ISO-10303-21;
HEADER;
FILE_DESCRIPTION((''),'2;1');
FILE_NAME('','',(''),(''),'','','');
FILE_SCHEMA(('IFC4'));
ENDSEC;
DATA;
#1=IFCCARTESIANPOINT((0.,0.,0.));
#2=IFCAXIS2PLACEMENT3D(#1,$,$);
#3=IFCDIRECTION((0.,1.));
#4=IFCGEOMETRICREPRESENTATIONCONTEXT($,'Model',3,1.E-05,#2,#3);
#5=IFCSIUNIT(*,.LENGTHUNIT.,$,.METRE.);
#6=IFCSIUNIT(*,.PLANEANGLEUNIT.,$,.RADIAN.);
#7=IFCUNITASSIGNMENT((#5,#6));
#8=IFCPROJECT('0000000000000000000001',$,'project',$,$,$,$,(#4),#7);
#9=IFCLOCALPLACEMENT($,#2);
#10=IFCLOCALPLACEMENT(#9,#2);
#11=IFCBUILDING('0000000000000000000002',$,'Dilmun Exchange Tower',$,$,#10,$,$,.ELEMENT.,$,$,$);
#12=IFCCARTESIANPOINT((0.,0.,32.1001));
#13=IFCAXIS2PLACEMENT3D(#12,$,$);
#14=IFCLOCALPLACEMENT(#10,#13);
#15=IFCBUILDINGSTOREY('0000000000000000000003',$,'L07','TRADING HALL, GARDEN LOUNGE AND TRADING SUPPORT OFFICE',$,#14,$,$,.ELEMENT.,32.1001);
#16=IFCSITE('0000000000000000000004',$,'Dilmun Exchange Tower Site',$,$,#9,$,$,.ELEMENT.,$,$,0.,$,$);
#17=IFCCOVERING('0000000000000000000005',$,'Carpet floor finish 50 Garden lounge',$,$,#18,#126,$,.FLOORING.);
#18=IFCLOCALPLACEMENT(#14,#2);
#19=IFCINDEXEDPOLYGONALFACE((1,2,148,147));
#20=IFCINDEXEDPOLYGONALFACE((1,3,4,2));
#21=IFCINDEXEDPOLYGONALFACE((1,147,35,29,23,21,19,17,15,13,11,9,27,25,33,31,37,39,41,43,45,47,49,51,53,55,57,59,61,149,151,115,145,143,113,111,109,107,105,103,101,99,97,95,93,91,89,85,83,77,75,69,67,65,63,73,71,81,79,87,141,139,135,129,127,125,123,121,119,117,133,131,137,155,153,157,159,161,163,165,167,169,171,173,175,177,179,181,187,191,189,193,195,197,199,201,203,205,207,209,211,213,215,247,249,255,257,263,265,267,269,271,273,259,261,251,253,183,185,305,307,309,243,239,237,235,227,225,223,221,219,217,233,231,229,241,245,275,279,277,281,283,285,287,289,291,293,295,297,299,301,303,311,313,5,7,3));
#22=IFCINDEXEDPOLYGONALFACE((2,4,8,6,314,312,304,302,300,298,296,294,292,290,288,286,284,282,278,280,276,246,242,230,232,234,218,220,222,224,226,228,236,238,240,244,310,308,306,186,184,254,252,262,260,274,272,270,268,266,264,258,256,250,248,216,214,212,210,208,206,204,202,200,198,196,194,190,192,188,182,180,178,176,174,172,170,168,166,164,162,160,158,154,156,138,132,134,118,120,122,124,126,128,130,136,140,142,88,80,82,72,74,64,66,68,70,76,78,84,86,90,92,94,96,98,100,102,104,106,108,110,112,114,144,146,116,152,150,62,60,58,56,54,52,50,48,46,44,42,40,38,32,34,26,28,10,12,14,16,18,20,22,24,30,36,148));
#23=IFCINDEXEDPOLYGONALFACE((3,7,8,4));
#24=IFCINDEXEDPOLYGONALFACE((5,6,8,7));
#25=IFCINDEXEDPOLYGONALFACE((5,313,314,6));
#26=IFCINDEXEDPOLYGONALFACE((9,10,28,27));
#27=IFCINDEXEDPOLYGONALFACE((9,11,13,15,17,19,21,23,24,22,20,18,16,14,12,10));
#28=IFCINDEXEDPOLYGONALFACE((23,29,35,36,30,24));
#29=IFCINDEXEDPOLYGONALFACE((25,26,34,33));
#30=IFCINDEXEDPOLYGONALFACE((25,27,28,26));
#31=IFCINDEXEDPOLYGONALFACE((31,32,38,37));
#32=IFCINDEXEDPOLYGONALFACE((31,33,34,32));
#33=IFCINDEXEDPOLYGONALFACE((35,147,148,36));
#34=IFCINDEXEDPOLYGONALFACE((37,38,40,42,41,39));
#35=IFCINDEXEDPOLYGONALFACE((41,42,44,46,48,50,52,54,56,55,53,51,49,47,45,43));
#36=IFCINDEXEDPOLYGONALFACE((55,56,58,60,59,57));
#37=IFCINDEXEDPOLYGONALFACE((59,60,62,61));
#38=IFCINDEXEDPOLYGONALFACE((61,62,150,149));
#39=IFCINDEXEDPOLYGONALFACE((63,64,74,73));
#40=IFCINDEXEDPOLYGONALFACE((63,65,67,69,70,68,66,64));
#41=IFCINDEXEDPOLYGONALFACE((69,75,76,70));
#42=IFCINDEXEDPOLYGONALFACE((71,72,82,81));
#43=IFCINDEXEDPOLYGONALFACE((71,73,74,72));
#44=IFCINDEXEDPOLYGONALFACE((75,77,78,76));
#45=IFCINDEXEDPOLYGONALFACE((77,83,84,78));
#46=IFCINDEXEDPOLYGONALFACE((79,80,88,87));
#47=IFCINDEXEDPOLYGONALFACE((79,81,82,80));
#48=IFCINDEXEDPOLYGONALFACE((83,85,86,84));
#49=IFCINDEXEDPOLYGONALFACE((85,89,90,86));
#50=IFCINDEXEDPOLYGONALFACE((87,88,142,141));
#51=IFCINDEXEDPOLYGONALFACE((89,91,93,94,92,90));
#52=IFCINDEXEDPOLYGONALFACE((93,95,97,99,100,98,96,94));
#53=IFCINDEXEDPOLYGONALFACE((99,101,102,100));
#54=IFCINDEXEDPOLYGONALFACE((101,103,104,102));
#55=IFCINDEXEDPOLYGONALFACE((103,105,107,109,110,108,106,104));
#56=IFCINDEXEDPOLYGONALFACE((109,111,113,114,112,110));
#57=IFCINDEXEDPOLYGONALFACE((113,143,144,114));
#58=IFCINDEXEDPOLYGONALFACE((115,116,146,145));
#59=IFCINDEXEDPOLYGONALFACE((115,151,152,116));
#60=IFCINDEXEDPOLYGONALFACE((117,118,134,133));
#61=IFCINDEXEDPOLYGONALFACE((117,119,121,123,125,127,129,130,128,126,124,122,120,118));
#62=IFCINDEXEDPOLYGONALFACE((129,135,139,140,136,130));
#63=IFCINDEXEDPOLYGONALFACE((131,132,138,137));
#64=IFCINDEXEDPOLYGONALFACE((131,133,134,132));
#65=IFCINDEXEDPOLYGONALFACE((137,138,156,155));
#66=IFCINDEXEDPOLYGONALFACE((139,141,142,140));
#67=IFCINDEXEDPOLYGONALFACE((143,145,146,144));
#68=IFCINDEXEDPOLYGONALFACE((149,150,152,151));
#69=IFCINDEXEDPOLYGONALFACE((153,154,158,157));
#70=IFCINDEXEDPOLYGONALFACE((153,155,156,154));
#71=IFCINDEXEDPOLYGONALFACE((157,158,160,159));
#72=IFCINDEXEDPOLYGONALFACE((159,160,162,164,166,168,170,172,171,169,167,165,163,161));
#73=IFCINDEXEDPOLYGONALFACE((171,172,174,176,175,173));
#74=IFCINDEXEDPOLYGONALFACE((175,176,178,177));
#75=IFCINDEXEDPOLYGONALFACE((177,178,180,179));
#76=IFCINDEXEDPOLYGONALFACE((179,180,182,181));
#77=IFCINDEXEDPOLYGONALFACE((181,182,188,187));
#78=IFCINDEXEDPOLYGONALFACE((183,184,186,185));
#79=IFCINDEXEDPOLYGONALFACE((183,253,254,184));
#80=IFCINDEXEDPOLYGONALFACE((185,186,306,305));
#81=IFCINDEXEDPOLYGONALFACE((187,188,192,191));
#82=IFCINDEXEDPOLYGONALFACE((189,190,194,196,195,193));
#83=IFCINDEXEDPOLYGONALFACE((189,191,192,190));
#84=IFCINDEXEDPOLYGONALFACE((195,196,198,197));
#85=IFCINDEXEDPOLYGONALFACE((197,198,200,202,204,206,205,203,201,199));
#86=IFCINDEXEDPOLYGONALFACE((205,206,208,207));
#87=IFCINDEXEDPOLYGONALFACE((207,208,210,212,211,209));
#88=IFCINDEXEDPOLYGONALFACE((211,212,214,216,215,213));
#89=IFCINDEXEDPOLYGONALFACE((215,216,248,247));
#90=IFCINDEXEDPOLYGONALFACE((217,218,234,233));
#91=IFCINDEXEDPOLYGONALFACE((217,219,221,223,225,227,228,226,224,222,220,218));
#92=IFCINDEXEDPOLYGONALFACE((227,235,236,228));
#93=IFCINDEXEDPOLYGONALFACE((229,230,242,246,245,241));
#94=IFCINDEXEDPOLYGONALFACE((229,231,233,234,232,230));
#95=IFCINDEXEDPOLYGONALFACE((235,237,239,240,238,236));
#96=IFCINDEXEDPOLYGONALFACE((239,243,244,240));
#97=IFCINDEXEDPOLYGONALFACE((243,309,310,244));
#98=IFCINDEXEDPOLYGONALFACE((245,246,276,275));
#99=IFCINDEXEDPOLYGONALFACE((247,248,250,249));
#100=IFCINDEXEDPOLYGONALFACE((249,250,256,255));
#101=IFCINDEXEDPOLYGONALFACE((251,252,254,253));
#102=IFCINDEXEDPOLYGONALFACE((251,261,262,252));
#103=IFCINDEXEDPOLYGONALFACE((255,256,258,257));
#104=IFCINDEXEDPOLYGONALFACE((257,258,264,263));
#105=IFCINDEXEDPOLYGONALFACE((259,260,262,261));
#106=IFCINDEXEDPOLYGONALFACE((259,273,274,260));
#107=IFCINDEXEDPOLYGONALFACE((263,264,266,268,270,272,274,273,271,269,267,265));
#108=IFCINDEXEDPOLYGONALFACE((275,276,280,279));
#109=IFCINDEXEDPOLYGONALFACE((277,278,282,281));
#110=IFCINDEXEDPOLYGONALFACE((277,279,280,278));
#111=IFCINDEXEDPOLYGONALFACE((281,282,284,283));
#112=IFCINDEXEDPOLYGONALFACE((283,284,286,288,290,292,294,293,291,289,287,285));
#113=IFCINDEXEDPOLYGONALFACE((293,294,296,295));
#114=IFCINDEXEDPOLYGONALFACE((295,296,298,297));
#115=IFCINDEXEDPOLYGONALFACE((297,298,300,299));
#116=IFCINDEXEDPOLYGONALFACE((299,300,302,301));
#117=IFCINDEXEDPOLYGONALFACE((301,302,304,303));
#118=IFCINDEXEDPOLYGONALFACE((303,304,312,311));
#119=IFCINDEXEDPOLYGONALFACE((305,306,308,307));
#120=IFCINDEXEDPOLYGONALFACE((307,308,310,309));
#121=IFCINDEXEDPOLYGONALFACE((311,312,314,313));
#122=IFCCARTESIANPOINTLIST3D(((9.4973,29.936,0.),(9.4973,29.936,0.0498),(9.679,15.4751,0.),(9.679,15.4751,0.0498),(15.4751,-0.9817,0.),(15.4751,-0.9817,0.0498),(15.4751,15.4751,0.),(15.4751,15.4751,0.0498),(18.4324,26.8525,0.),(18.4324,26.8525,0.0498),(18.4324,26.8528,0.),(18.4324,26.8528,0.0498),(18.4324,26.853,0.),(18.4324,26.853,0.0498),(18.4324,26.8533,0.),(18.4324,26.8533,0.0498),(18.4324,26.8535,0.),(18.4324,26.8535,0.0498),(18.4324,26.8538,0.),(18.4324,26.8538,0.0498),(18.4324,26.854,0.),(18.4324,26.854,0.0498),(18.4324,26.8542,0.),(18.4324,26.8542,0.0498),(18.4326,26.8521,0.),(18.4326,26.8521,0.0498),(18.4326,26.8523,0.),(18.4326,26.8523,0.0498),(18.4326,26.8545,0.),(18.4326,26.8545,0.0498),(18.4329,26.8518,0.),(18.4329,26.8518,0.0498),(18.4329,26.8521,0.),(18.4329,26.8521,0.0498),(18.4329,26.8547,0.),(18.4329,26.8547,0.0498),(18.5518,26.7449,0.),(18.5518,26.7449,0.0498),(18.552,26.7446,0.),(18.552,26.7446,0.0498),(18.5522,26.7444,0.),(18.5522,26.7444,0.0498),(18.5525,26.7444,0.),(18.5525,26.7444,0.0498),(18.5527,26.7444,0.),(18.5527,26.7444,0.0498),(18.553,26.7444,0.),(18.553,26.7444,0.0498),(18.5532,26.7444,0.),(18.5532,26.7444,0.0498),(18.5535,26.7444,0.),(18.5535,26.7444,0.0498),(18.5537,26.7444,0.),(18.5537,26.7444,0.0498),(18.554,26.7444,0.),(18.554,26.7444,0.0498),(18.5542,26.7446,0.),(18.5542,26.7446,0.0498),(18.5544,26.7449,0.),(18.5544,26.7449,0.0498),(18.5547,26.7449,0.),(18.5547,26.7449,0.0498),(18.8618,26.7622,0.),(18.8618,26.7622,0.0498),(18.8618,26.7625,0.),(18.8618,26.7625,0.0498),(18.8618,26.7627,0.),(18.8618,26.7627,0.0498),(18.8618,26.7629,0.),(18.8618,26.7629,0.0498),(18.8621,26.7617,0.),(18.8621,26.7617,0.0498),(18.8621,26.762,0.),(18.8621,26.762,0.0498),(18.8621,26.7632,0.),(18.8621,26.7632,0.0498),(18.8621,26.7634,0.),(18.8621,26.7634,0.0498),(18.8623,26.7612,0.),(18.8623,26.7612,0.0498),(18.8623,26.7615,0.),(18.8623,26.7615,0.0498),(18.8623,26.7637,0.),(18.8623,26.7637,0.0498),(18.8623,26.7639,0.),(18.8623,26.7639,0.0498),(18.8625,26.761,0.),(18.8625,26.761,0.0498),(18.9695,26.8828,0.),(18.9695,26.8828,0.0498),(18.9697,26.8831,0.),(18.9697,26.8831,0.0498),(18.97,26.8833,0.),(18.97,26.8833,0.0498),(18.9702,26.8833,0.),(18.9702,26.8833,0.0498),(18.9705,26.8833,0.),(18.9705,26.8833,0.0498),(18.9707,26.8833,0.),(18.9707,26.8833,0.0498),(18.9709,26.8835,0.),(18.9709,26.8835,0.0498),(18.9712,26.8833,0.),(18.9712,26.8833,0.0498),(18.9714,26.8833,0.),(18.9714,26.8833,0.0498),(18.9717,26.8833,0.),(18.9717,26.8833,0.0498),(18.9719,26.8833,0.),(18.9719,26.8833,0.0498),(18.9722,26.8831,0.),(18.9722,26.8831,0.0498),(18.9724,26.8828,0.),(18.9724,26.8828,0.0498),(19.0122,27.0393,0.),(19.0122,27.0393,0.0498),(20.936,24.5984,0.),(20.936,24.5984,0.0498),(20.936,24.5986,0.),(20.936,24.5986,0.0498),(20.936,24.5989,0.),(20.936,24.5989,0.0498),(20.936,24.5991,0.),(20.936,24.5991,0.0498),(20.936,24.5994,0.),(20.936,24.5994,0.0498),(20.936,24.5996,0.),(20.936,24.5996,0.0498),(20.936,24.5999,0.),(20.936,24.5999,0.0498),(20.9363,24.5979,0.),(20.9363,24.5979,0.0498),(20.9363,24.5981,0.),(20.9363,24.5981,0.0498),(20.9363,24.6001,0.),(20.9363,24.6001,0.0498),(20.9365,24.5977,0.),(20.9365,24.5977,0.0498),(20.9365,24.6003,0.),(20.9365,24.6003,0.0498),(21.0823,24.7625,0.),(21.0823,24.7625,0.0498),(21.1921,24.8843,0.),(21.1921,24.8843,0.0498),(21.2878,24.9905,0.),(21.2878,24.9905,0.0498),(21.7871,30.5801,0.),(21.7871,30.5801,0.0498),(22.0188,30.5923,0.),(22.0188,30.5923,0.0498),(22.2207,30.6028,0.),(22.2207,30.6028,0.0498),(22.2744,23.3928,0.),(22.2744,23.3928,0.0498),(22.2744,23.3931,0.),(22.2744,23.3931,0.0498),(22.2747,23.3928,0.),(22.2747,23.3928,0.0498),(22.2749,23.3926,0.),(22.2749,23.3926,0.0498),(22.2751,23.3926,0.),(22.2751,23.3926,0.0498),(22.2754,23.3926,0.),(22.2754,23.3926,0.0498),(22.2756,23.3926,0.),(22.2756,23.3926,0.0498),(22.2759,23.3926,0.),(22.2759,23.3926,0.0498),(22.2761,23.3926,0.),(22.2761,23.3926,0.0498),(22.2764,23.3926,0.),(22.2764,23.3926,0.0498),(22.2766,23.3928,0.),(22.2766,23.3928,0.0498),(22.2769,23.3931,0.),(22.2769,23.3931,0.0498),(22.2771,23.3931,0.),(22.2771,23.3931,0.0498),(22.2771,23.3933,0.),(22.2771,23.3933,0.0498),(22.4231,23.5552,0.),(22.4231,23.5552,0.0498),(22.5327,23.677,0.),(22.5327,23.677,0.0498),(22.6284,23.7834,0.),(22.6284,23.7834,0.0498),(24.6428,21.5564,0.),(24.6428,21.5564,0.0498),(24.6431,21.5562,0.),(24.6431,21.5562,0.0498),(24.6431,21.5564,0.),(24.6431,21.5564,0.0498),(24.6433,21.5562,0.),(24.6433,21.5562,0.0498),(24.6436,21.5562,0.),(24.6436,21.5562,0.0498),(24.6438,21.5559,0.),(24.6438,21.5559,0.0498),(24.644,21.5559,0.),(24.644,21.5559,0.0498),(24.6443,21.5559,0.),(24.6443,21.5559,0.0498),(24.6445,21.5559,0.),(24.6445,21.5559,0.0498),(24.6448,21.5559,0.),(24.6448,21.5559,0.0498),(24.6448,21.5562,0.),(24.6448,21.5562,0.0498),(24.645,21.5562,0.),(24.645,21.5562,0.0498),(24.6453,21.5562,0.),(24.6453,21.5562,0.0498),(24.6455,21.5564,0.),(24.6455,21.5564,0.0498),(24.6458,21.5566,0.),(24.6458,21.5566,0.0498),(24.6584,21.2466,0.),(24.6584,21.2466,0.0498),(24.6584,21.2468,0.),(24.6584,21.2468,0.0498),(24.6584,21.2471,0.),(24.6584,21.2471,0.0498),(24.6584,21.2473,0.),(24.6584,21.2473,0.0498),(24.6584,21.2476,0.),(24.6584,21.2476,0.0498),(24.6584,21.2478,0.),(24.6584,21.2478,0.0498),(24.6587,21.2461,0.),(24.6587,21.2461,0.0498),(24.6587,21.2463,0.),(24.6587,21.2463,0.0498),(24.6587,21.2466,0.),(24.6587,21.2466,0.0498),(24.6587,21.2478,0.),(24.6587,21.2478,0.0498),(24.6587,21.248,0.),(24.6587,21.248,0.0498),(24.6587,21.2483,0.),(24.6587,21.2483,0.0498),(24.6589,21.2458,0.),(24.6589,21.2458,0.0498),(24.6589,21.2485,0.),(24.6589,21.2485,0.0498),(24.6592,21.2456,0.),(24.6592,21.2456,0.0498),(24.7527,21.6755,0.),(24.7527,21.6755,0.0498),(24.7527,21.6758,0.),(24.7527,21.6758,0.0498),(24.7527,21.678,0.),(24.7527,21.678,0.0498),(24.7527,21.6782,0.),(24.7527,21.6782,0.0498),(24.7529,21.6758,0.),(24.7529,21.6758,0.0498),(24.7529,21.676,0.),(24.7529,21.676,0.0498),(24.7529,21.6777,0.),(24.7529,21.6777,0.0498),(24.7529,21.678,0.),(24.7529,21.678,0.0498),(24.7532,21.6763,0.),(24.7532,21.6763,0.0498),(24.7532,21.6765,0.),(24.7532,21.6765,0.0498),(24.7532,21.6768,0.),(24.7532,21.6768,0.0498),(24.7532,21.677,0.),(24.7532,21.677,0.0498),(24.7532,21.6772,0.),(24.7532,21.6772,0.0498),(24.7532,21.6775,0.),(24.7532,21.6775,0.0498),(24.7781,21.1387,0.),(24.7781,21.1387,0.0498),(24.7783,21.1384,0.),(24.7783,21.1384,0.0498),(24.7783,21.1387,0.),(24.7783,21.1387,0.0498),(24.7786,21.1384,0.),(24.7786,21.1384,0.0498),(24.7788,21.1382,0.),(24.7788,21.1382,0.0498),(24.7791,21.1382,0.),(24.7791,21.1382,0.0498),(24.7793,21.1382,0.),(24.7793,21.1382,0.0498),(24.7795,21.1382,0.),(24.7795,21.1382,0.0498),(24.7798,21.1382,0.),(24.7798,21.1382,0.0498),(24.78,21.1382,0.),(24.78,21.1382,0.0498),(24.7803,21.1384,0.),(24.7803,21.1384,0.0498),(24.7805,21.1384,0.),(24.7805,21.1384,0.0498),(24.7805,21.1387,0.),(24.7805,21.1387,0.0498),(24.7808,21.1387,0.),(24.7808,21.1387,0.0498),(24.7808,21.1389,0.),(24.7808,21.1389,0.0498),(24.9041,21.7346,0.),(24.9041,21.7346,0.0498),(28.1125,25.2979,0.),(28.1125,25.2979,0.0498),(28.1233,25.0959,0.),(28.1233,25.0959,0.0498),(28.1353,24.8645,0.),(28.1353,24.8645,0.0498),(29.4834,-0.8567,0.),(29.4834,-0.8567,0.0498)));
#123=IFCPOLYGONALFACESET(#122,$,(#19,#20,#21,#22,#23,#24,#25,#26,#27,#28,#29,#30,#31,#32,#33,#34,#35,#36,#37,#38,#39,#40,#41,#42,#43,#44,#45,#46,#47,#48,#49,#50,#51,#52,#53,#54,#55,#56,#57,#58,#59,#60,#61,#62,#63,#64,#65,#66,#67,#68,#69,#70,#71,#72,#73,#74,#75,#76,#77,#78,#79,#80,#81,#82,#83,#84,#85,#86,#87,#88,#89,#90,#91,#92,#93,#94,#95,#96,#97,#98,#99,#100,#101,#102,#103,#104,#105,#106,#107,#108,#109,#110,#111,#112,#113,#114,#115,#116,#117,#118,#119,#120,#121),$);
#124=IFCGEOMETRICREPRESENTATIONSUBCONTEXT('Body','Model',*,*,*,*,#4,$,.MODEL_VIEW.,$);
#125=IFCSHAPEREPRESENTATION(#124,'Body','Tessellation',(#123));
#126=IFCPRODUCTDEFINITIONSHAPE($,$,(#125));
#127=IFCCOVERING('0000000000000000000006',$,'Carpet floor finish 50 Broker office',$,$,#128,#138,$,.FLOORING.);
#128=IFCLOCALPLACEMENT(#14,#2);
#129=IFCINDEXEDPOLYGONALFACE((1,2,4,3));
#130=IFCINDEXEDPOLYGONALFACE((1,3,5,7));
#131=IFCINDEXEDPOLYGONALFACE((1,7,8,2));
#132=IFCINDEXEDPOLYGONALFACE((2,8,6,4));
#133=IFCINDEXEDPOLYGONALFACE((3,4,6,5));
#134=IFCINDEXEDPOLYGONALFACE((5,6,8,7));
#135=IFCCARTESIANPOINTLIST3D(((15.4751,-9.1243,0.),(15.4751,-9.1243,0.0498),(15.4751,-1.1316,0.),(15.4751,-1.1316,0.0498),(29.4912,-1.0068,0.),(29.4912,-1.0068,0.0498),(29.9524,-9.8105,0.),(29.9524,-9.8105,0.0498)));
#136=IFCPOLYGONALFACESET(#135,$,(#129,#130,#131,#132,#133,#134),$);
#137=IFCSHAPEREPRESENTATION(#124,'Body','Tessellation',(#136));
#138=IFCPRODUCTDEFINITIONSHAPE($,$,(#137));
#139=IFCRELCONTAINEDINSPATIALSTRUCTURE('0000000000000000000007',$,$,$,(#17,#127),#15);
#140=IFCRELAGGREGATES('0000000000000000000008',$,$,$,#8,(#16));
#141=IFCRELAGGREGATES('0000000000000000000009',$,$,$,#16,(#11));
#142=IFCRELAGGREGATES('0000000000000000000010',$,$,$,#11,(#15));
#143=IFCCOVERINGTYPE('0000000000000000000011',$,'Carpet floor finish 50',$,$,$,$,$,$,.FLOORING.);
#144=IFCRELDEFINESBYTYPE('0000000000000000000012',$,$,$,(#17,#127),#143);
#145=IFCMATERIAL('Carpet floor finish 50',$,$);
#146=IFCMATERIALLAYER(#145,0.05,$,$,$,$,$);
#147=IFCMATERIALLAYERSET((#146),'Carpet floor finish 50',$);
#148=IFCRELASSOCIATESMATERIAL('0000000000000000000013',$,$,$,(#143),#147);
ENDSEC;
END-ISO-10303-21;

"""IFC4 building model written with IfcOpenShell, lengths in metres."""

from ifc_helpers import new_model, si_unit, direction, frame, origin, place, context, subcontext, project, spatial, polyline, outline, extrude, material, layer, layer_set, type_object, element, save


model = new_model("IFC4")

# Units and contexts
model_context = context("Model", 3, precision=1e-05, world=origin(), true_north=direction((0.0, 1.0)))
body_context = subcontext(model_context, "Body", "Model", "MODEL_VIEW")
ifc_project = project(units=[si_unit("LENGTHUNIT", "METRE"), si_unit("PLANEANGLEUNIT", "RADIAN")], contexts=[model_context])

# Site, building, storey
site_placement = place(None, origin())
site = spatial("IfcSite", under=ifc_project, at=site_placement, Name="Dilmun Exchange Tower Site", CompositionType="ELEMENT", RefElevation=0.0)
building_placement = place(site_placement, origin())
building = spatial("IfcBuilding", under=site, at=building_placement, Name="Dilmun Exchange Tower", CompositionType="ELEMENT")
storey_placement = place(building_placement, frame((0.0, 0.0, 32.1001)))
storey = spatial("IfcBuildingStorey", under=building, at=storey_placement, Name="L07", Description="TRADING HALL, GARDEN LOUNGE AND TRADING SUPPORT OFFICE", CompositionType="ELEMENT", Elevation=32.1001)

# Coverings
ifc_material_1 = material(Name="Carpet floor finish 50")
ifc_layer_1 = layer(ifc_material_1, 0.05)
ifc_layer_set_1 = layer_set([ifc_layer_1], Name="Carpet floor finish 50")
covering_type = type_object("IfcCoveringType", Name="Carpet floor finish 50", PredefinedType="FLOORING", material=ifc_layer_set_1)
covering_1_placement = place(storey_placement, origin())
element("IfcCovering", 1, at=covering_1_placement, inside=storey, type_object=covering_type, Name="Carpet floor finish 50 Garden lounge", PredefinedType="FLOORING", context=body_context, shape_type="SweptSolid", body=[
    extrude(outline(polyline([(19.0122, 27.0393), (21.2878, 24.9905), (21.1921, 24.8843), (18.9724, 26.8828), (18.9722, 26.8831), (18.9719, 26.8833), (18.9717, 26.8833), (18.9717, 26.8833), (18.9714, 26.8833), (18.9712, 26.8833), (18.9709, 26.8835), (18.9707, 26.8833), (18.9707, 26.8833), (18.9705, 26.8833), (18.9702, 26.8833), (18.9702, 26.8833), (18.97, 26.8833), (18.9697, 26.8831), (18.9695, 26.8828), (18.9695, 26.8828), (18.8623, 26.7639), (18.8623, 26.7637), (18.8623, 26.7637), (18.8621, 26.7634), (18.8621, 26.7632), (18.8618, 26.7629), (18.8618, 26.7627), (18.8618, 26.7627), (18.8618, 26.7625), (18.8618, 26.7622), (18.8618, 26.7622), (18.8621, 26.762), (18.8621, 26.7617), (18.8623, 26.7615), (18.8623, 26.7615), (18.8623, 26.7612), (18.8625, 26.761), (21.0823, 24.7625), (20.9365, 24.6003), (20.9363, 24.6001), (20.9363, 24.6001), (20.936, 24.5999), (20.936, 24.5996), (20.936, 24.5996), (20.936, 24.5994), (20.936, 24.5991), (20.936, 24.5991), (20.936, 24.5989), (20.936, 24.5986), (20.936, 24.5984), (20.9363, 24.5981), (20.9363, 24.5979), (20.9363, 24.5979), (20.9365, 24.5977), (20.9365, 24.5977), (22.2744, 23.3931), (22.2744, 23.3928), (22.2747, 23.3928), (22.2749, 23.3926), (22.2749, 23.3926), (22.2751, 23.3926), (22.2754, 23.3926), (22.2756, 23.3926), (22.2759, 23.3926), (22.2759, 23.3926), (22.2761, 23.3926), (22.2764, 23.3926), (22.2766, 23.3928), (22.2766, 23.3928), (22.2769, 23.3931), (22.2771, 23.3931), (22.2771, 23.3933), (22.4231, 23.5552), (24.6428, 21.5564), (24.6431, 21.5564), (24.6431, 21.5562), (24.6433, 21.5562), (24.6436, 21.5562), (24.6438, 21.5559), (24.6438, 21.5559), (24.644, 21.5559), (24.6443, 21.5559), (24.6445, 21.5559), (24.6448, 21.5559), (24.6448, 21.5562), (24.645, 21.5562), (24.6453, 21.5562), (24.6455, 21.5564), (24.6455, 21.5564), (24.6458, 21.5566), (24.7527, 21.6755), (24.7527, 21.6758), (24.7529, 21.6758), (24.7529, 21.676), (24.7532, 21.6763), (24.7532, 21.6765), (24.7532, 21.6765), (24.7532, 21.6768), (24.7532, 21.677), (24.7532, 21.6772), (24.7532, 21.6772), (24.7532, 21.6775), (24.7529, 21.6777), (24.7529, 21.678), (24.7527, 21.678), (24.7527, 21.6782), (24.7527, 21.6782), (22.5327, 23.677), (22.6284, 23.7834), (24.9041, 21.7346), (28.1125, 25.2979), (28.1233, 25.0959), (24.6589, 21.2485), (24.6587, 21.2483), (24.6587, 21.2483), (24.6587, 21.248), (24.6587, 21.2478), (24.6584, 21.2478), (24.6584, 21.2476), (24.6584, 21.2473), (24.6584, 21.2471), (24.6584, 21.2468), (24.6584, 21.2466), (24.6587, 21.2466), (24.6587, 21.2463), (24.6587, 21.2461), (24.6587, 21.2461), (24.6589, 21.2458), (24.6592, 21.2456), (24.7781, 21.1387), (24.7783, 21.1387), (24.7783, 21.1384), (24.7786, 21.1384), (24.7788, 21.1382), (24.7788, 21.1382), (24.7791, 21.1382), (24.7793, 21.1382), (24.7795, 21.1382), (24.7798, 21.1382), (24.7798, 21.1382), (24.78, 21.1382), (24.7803, 21.1384), (24.7805, 21.1384), (24.7805, 21.1387), (24.7808, 21.1387), (24.7808, 21.1389), (28.1353, 24.8645), (29.4834, -0.8567), (15.4751, -0.9817), (15.4751, 15.4751), (9.679, 15.4751), (9.4973, 29.936), (21.7871, 30.5801), (18.4329, 26.8547), (18.4326, 26.8545), (18.4326, 26.8545), (18.4324, 26.8542), (18.4324, 26.854), (18.4324, 26.8538), (18.4324, 26.8535), (18.4324, 26.8535), (18.4324, 26.8533), (18.4324, 26.853), (18.4324, 26.8528), (18.4324, 26.8528), (18.4324, 26.8525), (18.4326, 26.8523), (18.4326, 26.8521), (18.4329, 26.8521), (18.4329, 26.8518), (18.5518, 26.7449), (18.552, 26.7446), (18.552, 26.7446), (18.5522, 26.7444), (18.5525, 26.7444), (18.5527, 26.7444), (18.553, 26.7444), (18.553, 26.7444), (18.5532, 26.7444), (18.5535, 26.7444), (18.5537, 26.7444), (18.5537, 26.7444), (18.554, 26.7444), (18.5542, 26.7446), (18.5542, 26.7446), (18.5544, 26.7449), (18.5547, 26.7449), (22.0188, 30.5923), (22.2207, 30.6028), (19.0122, 27.0393)])), origin(), (0.0, 0.0, 1.0), 0.0498),
])
covering_2_placement = place(storey_placement, origin())
element("IfcCovering", 2, at=covering_2_placement, inside=storey, type_object=covering_type, Name="Carpet floor finish 50 Broker office", PredefinedType="FLOORING", context=body_context, shape_type="SweptSolid", body=[
    extrude(outline(polyline([(15.4751, -9.1243), (15.4751, -1.1316), (29.4912, -1.0068), (29.9524, -9.8105), (15.4751, -9.1243)])), origin(), (0.0, 0.0, 1.0), 0.0498),
])

save(model, "model.ifc")
